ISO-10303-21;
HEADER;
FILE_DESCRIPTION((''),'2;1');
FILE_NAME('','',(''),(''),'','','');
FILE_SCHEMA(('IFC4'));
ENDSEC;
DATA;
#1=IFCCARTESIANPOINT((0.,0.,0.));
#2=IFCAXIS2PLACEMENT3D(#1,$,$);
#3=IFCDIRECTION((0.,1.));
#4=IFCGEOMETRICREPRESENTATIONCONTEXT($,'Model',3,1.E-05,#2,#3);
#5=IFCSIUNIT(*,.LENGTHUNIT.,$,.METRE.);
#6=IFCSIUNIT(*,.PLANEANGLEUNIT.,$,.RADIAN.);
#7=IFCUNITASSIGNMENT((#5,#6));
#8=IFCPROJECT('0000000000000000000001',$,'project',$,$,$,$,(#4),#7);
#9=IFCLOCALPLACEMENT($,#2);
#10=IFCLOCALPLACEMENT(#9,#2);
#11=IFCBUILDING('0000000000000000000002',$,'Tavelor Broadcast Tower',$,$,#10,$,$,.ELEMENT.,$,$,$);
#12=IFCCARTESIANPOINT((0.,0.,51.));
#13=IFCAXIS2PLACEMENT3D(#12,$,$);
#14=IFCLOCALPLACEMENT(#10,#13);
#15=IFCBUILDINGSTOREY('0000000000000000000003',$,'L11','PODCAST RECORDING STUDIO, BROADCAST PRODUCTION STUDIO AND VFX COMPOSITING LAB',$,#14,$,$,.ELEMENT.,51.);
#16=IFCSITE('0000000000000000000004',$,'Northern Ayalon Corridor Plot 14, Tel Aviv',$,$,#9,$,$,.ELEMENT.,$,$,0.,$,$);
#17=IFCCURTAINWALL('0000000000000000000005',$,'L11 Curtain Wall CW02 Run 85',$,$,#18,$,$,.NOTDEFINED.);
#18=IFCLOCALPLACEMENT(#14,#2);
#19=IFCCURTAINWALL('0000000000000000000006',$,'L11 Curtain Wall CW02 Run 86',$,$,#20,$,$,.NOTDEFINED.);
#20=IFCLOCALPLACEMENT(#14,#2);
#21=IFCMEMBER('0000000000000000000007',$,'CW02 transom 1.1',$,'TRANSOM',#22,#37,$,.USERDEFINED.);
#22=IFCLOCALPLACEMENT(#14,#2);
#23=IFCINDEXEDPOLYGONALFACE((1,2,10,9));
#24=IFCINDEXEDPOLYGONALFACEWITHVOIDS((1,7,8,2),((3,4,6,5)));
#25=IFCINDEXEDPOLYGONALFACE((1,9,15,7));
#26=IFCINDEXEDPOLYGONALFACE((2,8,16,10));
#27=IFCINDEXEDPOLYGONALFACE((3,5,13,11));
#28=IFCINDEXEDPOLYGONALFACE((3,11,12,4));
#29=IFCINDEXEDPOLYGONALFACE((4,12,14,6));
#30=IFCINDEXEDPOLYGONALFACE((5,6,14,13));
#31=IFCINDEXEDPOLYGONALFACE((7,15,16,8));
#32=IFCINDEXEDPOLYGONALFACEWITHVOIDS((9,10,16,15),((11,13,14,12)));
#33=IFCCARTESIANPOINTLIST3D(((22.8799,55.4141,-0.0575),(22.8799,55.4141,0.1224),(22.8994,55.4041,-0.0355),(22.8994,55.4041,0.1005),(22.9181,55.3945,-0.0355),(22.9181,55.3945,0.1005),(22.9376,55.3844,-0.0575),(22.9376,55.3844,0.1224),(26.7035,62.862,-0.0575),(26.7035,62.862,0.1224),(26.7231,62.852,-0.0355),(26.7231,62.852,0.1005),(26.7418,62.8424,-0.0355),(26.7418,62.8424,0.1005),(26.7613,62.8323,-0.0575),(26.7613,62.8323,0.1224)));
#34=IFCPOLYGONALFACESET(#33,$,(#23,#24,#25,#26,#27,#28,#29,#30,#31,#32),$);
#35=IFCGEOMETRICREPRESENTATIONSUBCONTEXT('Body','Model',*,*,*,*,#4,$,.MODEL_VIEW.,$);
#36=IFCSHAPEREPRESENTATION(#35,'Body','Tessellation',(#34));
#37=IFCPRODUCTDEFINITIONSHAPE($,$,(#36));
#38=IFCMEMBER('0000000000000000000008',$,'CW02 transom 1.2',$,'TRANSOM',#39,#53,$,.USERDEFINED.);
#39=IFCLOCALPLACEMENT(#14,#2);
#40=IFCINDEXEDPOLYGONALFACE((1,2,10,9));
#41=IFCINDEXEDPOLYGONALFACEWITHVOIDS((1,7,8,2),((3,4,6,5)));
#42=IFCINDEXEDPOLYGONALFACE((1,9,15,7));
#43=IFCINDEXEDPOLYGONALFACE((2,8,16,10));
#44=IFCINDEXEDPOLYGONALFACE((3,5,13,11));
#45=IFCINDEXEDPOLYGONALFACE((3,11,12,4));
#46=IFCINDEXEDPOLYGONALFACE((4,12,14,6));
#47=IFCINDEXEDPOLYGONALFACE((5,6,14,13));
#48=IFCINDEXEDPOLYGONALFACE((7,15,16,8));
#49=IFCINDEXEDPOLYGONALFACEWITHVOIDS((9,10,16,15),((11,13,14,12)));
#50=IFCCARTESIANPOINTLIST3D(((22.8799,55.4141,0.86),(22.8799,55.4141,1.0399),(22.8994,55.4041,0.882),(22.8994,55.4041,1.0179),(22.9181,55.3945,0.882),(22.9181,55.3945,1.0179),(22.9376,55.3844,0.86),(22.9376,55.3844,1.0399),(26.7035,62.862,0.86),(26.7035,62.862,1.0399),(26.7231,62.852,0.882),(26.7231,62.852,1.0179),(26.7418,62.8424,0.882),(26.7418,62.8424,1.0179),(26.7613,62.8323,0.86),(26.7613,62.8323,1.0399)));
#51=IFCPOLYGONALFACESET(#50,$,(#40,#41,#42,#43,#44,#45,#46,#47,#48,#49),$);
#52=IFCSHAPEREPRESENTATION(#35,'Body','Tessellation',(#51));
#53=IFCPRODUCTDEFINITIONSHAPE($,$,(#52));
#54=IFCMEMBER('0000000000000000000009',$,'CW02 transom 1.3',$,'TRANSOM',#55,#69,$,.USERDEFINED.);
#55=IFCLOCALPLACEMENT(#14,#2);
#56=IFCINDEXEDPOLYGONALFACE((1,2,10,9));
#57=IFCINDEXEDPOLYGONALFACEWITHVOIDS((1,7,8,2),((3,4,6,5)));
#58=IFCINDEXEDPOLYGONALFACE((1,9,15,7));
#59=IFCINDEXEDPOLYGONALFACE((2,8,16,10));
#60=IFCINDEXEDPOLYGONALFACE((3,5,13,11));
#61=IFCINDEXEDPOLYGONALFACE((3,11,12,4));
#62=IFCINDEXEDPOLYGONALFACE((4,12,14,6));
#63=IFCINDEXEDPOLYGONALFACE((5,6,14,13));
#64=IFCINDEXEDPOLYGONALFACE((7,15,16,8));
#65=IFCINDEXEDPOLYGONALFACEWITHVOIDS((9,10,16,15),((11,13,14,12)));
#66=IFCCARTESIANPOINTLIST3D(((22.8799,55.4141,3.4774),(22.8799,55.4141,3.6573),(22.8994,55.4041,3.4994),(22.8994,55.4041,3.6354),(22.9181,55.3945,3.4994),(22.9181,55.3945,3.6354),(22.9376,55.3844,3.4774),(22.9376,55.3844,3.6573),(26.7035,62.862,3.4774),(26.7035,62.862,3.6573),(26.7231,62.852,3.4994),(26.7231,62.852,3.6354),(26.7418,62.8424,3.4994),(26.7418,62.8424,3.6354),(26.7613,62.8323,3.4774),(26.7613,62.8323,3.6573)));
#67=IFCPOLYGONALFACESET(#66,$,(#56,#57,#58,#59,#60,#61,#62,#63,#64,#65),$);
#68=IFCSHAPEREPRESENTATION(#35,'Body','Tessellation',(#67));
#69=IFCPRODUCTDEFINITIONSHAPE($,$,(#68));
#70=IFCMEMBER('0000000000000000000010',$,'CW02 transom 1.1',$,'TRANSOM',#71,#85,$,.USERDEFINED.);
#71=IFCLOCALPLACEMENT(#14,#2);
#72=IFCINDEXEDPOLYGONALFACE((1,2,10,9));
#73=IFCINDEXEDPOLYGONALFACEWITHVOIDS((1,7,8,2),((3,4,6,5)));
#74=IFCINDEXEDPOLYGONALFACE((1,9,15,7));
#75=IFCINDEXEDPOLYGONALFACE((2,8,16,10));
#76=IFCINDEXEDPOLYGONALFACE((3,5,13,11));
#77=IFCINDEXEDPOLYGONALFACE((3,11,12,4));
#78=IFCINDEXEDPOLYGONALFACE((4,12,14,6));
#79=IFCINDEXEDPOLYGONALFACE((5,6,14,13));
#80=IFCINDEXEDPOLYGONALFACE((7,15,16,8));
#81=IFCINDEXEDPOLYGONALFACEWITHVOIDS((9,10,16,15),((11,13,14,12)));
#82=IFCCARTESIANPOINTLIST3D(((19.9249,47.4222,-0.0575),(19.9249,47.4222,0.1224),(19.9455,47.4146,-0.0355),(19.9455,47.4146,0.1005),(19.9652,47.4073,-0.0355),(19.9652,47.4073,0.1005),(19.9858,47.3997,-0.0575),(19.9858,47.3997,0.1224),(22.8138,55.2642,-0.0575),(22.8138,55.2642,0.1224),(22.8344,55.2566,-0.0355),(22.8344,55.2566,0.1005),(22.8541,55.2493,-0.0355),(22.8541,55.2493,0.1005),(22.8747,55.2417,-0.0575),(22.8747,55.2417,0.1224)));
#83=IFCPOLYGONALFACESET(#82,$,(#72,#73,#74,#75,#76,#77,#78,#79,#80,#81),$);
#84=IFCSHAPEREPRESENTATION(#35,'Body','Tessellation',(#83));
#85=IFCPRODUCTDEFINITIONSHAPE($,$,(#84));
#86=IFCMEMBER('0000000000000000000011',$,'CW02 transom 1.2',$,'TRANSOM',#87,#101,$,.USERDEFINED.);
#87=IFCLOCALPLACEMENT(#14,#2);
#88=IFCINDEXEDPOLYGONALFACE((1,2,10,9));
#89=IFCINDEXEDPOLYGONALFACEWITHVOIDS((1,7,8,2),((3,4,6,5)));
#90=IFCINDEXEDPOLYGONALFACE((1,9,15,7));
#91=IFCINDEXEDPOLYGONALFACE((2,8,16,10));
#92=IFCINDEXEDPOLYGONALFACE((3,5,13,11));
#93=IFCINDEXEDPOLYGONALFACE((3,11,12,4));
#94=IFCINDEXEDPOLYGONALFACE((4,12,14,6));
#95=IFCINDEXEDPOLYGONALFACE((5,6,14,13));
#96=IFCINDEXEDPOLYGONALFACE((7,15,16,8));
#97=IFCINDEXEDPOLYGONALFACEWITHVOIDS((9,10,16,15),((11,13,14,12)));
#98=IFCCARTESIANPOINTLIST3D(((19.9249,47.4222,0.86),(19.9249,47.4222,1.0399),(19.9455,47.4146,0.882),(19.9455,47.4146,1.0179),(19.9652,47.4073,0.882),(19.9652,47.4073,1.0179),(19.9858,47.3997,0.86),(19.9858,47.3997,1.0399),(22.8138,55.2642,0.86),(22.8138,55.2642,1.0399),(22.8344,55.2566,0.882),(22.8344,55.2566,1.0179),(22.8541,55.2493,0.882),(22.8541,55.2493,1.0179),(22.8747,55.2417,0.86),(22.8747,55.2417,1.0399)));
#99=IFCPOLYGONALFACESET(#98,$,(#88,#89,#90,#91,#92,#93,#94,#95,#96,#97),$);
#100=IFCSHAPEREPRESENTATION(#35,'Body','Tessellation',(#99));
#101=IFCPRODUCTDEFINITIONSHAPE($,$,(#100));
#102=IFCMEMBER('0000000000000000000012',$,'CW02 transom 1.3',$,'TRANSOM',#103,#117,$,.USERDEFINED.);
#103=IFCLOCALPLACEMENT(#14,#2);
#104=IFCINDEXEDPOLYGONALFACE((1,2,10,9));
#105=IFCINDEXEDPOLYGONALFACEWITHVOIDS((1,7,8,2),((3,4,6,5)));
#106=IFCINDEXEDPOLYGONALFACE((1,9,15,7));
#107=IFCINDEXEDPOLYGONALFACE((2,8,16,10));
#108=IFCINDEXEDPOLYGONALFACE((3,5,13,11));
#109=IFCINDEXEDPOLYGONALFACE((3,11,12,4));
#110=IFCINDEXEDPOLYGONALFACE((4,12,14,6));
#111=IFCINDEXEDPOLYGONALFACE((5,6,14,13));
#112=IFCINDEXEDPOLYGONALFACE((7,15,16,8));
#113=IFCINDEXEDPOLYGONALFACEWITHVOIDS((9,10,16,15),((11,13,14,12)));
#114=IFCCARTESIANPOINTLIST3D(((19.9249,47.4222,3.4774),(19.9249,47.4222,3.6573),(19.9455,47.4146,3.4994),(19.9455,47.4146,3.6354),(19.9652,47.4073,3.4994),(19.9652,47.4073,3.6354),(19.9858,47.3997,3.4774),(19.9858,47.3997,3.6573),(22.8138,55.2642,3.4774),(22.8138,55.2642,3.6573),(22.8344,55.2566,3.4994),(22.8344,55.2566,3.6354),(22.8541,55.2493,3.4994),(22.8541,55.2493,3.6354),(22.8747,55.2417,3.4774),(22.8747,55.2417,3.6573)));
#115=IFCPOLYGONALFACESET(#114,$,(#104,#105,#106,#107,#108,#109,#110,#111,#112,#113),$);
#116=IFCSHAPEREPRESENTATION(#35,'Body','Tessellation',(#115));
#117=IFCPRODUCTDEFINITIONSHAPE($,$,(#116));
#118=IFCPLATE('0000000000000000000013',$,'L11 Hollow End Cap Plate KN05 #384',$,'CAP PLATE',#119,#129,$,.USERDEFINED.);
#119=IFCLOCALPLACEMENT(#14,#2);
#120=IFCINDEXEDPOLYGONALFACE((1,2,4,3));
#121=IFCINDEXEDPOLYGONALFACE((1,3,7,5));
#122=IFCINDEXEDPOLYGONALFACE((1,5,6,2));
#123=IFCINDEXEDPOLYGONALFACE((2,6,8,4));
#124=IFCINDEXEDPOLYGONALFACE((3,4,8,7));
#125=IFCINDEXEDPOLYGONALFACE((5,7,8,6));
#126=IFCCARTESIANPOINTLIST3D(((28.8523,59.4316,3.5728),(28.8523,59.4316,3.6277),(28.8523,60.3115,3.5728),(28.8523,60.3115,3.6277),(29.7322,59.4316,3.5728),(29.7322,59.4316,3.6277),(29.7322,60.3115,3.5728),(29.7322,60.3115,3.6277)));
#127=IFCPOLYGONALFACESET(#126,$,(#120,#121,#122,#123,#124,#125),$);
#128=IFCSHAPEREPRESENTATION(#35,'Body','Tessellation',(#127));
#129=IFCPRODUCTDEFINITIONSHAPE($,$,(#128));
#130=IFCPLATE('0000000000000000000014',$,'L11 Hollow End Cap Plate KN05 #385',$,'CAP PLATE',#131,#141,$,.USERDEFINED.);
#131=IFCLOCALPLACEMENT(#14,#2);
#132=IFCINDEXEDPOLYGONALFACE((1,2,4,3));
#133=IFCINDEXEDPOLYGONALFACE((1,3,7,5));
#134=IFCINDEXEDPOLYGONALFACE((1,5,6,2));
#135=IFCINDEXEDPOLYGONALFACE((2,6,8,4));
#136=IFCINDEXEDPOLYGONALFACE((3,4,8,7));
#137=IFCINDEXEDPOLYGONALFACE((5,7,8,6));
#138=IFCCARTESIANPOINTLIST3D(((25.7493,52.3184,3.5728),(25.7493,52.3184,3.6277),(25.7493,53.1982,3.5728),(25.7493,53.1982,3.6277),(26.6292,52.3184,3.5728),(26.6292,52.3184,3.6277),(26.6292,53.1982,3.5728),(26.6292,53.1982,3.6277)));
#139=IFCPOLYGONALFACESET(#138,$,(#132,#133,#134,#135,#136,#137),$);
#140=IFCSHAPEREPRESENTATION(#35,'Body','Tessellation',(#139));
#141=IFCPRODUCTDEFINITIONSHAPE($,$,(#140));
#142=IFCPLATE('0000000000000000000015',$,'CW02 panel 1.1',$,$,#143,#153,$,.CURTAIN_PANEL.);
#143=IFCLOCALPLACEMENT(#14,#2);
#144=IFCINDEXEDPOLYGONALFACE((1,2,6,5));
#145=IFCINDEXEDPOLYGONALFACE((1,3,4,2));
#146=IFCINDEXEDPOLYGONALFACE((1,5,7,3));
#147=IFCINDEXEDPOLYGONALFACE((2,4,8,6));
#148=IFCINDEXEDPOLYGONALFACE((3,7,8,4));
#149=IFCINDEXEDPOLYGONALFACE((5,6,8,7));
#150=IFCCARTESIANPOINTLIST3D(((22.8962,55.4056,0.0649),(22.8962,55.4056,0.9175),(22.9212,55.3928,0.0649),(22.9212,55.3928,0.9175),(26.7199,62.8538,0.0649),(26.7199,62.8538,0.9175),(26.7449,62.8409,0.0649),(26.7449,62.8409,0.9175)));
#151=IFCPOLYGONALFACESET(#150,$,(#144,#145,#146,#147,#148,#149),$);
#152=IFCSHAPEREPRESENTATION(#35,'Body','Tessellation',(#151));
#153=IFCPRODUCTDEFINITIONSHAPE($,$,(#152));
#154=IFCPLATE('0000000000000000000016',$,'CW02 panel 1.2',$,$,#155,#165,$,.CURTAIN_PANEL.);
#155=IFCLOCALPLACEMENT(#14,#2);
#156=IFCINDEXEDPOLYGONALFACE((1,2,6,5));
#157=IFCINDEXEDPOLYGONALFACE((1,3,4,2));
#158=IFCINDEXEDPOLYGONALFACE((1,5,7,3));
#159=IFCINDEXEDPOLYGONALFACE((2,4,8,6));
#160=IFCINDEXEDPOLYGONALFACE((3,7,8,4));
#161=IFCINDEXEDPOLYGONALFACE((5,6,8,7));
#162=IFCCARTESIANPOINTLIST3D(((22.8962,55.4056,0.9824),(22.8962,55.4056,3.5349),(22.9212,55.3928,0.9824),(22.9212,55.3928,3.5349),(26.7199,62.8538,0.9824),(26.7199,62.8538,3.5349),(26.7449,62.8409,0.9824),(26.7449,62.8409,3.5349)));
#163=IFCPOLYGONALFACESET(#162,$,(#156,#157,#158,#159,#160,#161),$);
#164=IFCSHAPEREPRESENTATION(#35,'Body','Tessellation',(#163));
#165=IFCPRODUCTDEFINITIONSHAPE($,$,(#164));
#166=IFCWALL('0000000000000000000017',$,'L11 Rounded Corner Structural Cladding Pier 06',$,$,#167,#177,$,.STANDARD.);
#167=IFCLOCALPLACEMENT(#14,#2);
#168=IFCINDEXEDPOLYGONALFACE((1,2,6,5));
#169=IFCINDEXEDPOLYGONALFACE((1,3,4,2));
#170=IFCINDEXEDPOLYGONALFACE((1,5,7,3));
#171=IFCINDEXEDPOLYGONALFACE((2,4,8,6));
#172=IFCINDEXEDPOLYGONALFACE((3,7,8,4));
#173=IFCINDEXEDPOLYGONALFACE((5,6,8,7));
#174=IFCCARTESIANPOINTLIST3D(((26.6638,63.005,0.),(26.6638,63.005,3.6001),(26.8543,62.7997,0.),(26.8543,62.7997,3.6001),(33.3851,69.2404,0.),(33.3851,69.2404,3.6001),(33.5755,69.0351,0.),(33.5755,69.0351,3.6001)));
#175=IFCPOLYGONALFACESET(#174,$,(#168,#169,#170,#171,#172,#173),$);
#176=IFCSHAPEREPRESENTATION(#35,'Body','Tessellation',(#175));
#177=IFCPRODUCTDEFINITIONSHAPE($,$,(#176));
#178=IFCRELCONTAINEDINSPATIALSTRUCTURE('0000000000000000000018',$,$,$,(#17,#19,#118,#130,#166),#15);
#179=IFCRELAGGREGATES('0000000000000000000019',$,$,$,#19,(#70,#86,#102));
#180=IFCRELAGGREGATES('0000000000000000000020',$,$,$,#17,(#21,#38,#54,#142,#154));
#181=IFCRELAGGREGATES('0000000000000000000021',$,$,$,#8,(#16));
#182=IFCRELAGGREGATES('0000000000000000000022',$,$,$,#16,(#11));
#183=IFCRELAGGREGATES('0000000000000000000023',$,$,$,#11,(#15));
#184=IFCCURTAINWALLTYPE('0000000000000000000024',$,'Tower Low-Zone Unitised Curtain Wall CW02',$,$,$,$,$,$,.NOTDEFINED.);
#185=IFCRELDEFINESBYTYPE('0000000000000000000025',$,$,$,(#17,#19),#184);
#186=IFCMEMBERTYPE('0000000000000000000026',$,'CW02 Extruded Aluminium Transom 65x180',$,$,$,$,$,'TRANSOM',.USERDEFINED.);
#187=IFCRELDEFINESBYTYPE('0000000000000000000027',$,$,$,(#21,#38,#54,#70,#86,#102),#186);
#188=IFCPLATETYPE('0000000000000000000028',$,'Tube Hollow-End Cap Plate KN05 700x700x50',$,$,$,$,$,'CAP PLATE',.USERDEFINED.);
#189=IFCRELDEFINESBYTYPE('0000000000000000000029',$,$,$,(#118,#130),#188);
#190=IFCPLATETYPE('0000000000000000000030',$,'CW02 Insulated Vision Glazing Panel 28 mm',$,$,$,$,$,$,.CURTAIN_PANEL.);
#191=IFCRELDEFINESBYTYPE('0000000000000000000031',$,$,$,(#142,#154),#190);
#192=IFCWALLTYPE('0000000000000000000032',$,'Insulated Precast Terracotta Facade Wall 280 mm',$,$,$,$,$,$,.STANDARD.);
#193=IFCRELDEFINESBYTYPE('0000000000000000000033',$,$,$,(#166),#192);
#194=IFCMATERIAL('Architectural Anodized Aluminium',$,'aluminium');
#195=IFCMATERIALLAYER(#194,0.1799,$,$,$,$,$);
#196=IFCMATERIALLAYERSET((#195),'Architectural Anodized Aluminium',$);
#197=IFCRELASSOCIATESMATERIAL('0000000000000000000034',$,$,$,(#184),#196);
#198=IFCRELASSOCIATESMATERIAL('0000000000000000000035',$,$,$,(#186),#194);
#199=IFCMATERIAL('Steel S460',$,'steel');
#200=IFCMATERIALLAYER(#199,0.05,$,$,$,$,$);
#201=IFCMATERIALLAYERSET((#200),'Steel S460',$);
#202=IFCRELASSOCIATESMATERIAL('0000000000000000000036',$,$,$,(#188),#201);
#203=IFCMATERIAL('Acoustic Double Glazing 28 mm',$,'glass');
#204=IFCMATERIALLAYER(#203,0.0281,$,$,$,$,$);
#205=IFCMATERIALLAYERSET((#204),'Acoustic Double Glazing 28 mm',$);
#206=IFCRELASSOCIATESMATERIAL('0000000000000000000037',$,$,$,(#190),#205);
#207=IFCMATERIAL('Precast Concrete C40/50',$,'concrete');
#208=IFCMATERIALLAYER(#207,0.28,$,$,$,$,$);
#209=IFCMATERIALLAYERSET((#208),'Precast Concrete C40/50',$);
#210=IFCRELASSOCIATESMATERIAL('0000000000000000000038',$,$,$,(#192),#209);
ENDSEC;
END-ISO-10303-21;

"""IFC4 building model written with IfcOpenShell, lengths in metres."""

from ifc_helpers import new_model, si_unit, direction, frame, frame_2d, origin, origin_2d, place, context, subcontext, project, spatial, rectangle, hollow_rectangle, extrude, source, transform, mapped, material, layer, layer_set, material_profile, profile_set, type_object, type_shapes, element, aggregate, save


model = new_model("IFC4")

# Units and contexts
model_context = context("Model", 3, precision=1e-05, world=origin(), true_north=direction((0.0, 1.0)))
body_context = subcontext(model_context, "Body", "Model", "MODEL_VIEW")
ifc_project = project(units=[si_unit("LENGTHUNIT", "METRE"), si_unit("PLANEANGLEUNIT", "RADIAN")], contexts=[model_context])

# Site, building, storey
site_placement = place(None, origin())
site = spatial("IfcSite", under=ifc_project, at=site_placement, Name="Northern Ayalon Corridor Plot 14, Tel Aviv", CompositionType="ELEMENT", RefElevation=0.0)
building_placement = place(site_placement, origin())
building = spatial("IfcBuilding", under=site, at=building_placement, Name="Tavelor Broadcast Tower", CompositionType="ELEMENT")
storey_placement = place(building_placement, frame((0.0, 0.0, 51.0)))
storey = spatial("IfcBuildingStorey", under=building, at=storey_placement, Name="L11", Description="PODCAST RECORDING STUDIO, BROADCAST PRODUCTION STUDIO AND VFX COMPOSITING LAB", CompositionType="ELEMENT", Elevation=51.0)

# Shared definitions
ifc_material_1 = material(Name="Steel S460", Category="steel")

# Curtain wall
ifc_material_2 = material(Name="Architectural Anodized Aluminium", Category="aluminium")
ifc_layer_1 = layer(ifc_material_2, 0.1799)
ifc_layer_set_1 = layer_set([ifc_layer_1], Name="Architectural Anodized Aluminium")
curtain_wall_type = type_object("IfcCurtainWallType", Name="Tower Low-Zone Unitised Curtain Wall CW02", PredefinedType="NOTDEFINED", material=ifc_layer_set_1)
curtain_wall_1_placement = place(storey_placement, origin())
curtain_wall_1 = element("IfcCurtainWall", 1, at=curtain_wall_1_placement, inside=storey, type_object=curtain_wall_type, Name="L11 Curtain Wall CW02 Run 85", PredefinedType="NOTDEFINED")

# Curtain wall
curtain_wall_2_placement = place(storey_placement, origin())
curtain_wall_2 = element("IfcCurtainWall", 2, at=curtain_wall_2_placement, inside=storey, type_object=curtain_wall_type, Name="L11 Curtain Wall CW02 Run 86", PredefinedType="NOTDEFINED")

# Members
ifc_material_profile_1 = material_profile(ifc_material_2, hollow_rectangle(XDim=0.0649, YDim=0.1799, WallThickness=0.022, at=origin_2d()), Name="RHS 65x180x22")
ifc_profile_set_1 = profile_set([ifc_material_profile_1], Name="Architectural Anodized Aluminium")
member_type_1 = type_object("IfcMemberType", Name="CW02 Extruded Aluminium Transom 65x180", ElementType="TRANSOM", PredefinedType="USERDEFINED", material=ifc_profile_set_1)
shared_shape_1 = source(origin(), body_context, "Body", "SweptSolid", [
    extrude(hollow_rectangle(XDim=0.0649, YDim=0.1799, WallThickness=0.022, at=origin_2d()), origin(), (0.0, 0.0, 1.0), 8.3721),
])
member_1_placement = place(storey_placement, frame((26.7324, 62.8472, 0.0325), z_axis=(-0.456718, -0.889612, 0.0), x_axis=(0.889612, -0.456718, 0.0)))
member_1 = element("IfcMember", 3, at=member_1_placement, type_object=member_type_1, Name="CW02 transom 1.1", ObjectType="TRANSOM", PredefinedType="USERDEFINED", context=body_context, shape_type="MappedRepresentation", body=[
    mapped(shared_shape_1, transform((0.0, 0.0, 0.0), scale=1.0)),
])
member_2_placement = place(storey_placement, frame((26.7324, 62.8472, 0.95), z_axis=(-0.456718, -0.889612, 0.0), x_axis=(0.889612, -0.456718, 0.0)))
member_2 = element("IfcMember", 4, at=member_2_placement, type_object=member_type_1, Name="CW02 transom 1.2", ObjectType="TRANSOM", PredefinedType="USERDEFINED", context=body_context, shape_type="MappedRepresentation", body=[
    mapped(shared_shape_1, transform((0.0, 0.0, 0.0), scale=1.0)),
])
member_3_placement = place(storey_placement, frame((26.7324, 62.8472, 3.5674), z_axis=(-0.456718, -0.889612, 0.0), x_axis=(0.889612, -0.456718, 0.0)))
member_3 = element("IfcMember", 5, at=member_3_placement, type_object=member_type_1, Name="CW02 transom 1.3", ObjectType="TRANSOM", PredefinedType="USERDEFINED", context=body_context, shape_type="MappedRepresentation", body=[
    mapped(shared_shape_1, transform((0.0, 0.0, 0.0), scale=1.0)),
])
shared_shape_2 = source(origin(), body_context, "Body", "SweptSolid", [
    extrude(hollow_rectangle(XDim=0.0649, YDim=0.1799, WallThickness=0.022, at=origin_2d()), origin(), (0.0, 0.0, 1.0), 8.3572),
])
type_shapes(member_type_1, [shared_shape_1, shared_shape_2])
member_4_placement = place(storey_placement, frame((22.8442, 55.2529, 0.0325), z_axis=(-0.345678, -0.938353, 0.0), x_axis=(0.938353, -0.345678, 0.0)))
member_4 = element("IfcMember", 6, at=member_4_placement, type_object=member_type_1, Name="CW02 transom 1.1", ObjectType="TRANSOM", PredefinedType="USERDEFINED", context=body_context, shape_type="MappedRepresentation", body=[
    mapped(shared_shape_2, transform((0.0, 0.0, 0.0), scale=1.0)),
])
member_5_placement = place(storey_placement, frame((22.8442, 55.2529, 0.95), z_axis=(-0.345678, -0.938353, 0.0), x_axis=(0.938353, -0.345678, 0.0)))
member_5 = element("IfcMember", 7, at=member_5_placement, type_object=member_type_1, Name="CW02 transom 1.2", ObjectType="TRANSOM", PredefinedType="USERDEFINED", context=body_context, shape_type="MappedRepresentation", body=[
    mapped(shared_shape_2, transform((0.0, 0.0, 0.0), scale=1.0)),
])
member_6_placement = place(storey_placement, frame((22.8442, 55.2529, 3.5674), z_axis=(-0.345678, -0.938353, 0.0), x_axis=(0.938353, -0.345678, 0.0)))
member_6 = element("IfcMember", 8, at=member_6_placement, type_object=member_type_1, Name="CW02 transom 1.3", ObjectType="TRANSOM", PredefinedType="USERDEFINED", context=body_context, shape_type="MappedRepresentation", body=[
    mapped(shared_shape_2, transform((0.0, 0.0, 0.0), scale=1.0)),
])
aggregate(curtain_wall_2, [member_4, member_5, member_6])

# Plates
ifc_layer_2 = layer(ifc_material_1, 0.05)
ifc_layer_set_2 = layer_set([ifc_layer_2], Name="Steel S460")
plate_type_1 = type_object("IfcPlateType", Name="Tube Hollow-End Cap Plate KN05 700x700x50", ElementType="CAP PLATE", PredefinedType="USERDEFINED", material=ifc_layer_set_2)
shared_shape_3 = source(origin(), body_context, "Body", "SweptSolid", [
    extrude(rectangle(XDim=0.8799, YDim=0.8799, at=origin_2d()), origin(), (0.0, 0.0, 1.0), 0.0549),
])
type_shapes(plate_type_1, [shared_shape_3])
for number, where, z_axis, x_axis, name in (
    (9, (29.2922, 59.8716, 3.5728), (0.0, 0.0, 1.0), (1.0, 0.0, 0.0), "L11 Hollow End Cap Plate KN05 #384"),
    (10, (26.1892, 52.7583, 3.5728), (0.0, 0.0, 1.0), (1.0, 0.0, 0.0), "L11 Hollow End Cap Plate KN05 #385"),
):
    element("IfcPlate", number, at=place(storey_placement, frame(where, z_axis=z_axis, x_axis=x_axis)), inside=storey, type_object=plate_type_1, Name=name, ObjectType="CAP PLATE", PredefinedType="USERDEFINED", context=body_context, shape_type="MappedRepresentation", body=[
        mapped(shared_shape_3, transform((0.0, 0.0, 0.0), scale=1.0)),
    ])

# Plates
ifc_material_3 = material(Name="Acoustic Double Glazing 28 mm", Category="glass")
ifc_layer_3 = layer(ifc_material_3, 0.0281)
ifc_layer_set_3 = layer_set([ifc_layer_3], Name="Acoustic Double Glazing 28 mm")
plate_type_2 = type_object("IfcPlateType", Name="CW02 Insulated Vision Glazing Panel 28 mm", PredefinedType="CURTAIN_PANEL", material=ifc_layer_set_3)
shared_shape_4 = source(origin(), body_context, "Body", "SweptSolid", [
    extrude(rectangle(XDim=8.3723, YDim=0.0281, at=origin_2d()), origin(), (0.0, 0.0, 1.0), 0.8525),
])
plate_1_placement = place(storey_placement, frame((24.8206, 59.1233, 0.0649), z_axis=(0.0, 0.0, 1.0), x_axis=(-0.456715, -0.889613, 0.0)))
plate_1 = element("IfcPlate", 11, at=plate_1_placement, type_object=plate_type_2, Name="CW02 panel 1.1", PredefinedType="CURTAIN_PANEL", context=body_context, shape_type="MappedRepresentation", body=[
    mapped(shared_shape_4, transform((0.0, 0.0, 0.0), scale=1.0)),
])
shared_shape_5 = source(origin(), body_context, "Body", "SweptSolid", [
    extrude(rectangle(XDim=8.3723, YDim=0.0281, at=origin_2d()), origin(), (0.0, 0.0, 1.0), 2.5525),
])
type_shapes(plate_type_2, [shared_shape_4, shared_shape_5])
plate_2_placement = place(storey_placement, frame((24.8206, 59.1233, 0.9824), z_axis=(0.0, 0.0, 1.0), x_axis=(-0.456715, -0.889613, 0.0)))
plate_2 = element("IfcPlate", 12, at=plate_2_placement, type_object=plate_type_2, Name="CW02 panel 1.2", PredefinedType="CURTAIN_PANEL", context=body_context, shape_type="MappedRepresentation", body=[
    mapped(shared_shape_5, transform((0.0, 0.0, 0.0), scale=1.0)),
])
aggregate(curtain_wall_1, [member_1, member_2, member_3, plate_1, plate_2])

# Wall
ifc_material_4 = material(Name="Precast Concrete C40/50", Category="concrete")
ifc_layer_4 = layer(ifc_material_4, 0.28)
ifc_layer_set_4 = layer_set([ifc_layer_4], Name="Precast Concrete C40/50")
wall_type = type_object("IfcWallType", Name="Insulated Precast Terracotta Facade Wall 280 mm", PredefinedType="STANDARD", material=ifc_layer_set_4)
wall_placement = place(storey_placement, frame((33.4802, 69.1377, 0.0), z_axis=(0.0, 0.0, 1.0), x_axis=(-0.733106, -0.680114, 0.0)))
element("IfcWall", 13, at=wall_placement, inside=storey, type_object=wall_type, Name="L11 Rounded Corner Structural Cladding Pier 06", PredefinedType="STANDARD", context=body_context, shape_type="SweptSolid", body=[
    extrude(rectangle(XDim=9.1682, YDim=0.28, at=frame_2d((4.584, 0.0))), origin(), (0.0, 0.0, 1.0), 3.6001),
])

save(model, "model.ifc")
